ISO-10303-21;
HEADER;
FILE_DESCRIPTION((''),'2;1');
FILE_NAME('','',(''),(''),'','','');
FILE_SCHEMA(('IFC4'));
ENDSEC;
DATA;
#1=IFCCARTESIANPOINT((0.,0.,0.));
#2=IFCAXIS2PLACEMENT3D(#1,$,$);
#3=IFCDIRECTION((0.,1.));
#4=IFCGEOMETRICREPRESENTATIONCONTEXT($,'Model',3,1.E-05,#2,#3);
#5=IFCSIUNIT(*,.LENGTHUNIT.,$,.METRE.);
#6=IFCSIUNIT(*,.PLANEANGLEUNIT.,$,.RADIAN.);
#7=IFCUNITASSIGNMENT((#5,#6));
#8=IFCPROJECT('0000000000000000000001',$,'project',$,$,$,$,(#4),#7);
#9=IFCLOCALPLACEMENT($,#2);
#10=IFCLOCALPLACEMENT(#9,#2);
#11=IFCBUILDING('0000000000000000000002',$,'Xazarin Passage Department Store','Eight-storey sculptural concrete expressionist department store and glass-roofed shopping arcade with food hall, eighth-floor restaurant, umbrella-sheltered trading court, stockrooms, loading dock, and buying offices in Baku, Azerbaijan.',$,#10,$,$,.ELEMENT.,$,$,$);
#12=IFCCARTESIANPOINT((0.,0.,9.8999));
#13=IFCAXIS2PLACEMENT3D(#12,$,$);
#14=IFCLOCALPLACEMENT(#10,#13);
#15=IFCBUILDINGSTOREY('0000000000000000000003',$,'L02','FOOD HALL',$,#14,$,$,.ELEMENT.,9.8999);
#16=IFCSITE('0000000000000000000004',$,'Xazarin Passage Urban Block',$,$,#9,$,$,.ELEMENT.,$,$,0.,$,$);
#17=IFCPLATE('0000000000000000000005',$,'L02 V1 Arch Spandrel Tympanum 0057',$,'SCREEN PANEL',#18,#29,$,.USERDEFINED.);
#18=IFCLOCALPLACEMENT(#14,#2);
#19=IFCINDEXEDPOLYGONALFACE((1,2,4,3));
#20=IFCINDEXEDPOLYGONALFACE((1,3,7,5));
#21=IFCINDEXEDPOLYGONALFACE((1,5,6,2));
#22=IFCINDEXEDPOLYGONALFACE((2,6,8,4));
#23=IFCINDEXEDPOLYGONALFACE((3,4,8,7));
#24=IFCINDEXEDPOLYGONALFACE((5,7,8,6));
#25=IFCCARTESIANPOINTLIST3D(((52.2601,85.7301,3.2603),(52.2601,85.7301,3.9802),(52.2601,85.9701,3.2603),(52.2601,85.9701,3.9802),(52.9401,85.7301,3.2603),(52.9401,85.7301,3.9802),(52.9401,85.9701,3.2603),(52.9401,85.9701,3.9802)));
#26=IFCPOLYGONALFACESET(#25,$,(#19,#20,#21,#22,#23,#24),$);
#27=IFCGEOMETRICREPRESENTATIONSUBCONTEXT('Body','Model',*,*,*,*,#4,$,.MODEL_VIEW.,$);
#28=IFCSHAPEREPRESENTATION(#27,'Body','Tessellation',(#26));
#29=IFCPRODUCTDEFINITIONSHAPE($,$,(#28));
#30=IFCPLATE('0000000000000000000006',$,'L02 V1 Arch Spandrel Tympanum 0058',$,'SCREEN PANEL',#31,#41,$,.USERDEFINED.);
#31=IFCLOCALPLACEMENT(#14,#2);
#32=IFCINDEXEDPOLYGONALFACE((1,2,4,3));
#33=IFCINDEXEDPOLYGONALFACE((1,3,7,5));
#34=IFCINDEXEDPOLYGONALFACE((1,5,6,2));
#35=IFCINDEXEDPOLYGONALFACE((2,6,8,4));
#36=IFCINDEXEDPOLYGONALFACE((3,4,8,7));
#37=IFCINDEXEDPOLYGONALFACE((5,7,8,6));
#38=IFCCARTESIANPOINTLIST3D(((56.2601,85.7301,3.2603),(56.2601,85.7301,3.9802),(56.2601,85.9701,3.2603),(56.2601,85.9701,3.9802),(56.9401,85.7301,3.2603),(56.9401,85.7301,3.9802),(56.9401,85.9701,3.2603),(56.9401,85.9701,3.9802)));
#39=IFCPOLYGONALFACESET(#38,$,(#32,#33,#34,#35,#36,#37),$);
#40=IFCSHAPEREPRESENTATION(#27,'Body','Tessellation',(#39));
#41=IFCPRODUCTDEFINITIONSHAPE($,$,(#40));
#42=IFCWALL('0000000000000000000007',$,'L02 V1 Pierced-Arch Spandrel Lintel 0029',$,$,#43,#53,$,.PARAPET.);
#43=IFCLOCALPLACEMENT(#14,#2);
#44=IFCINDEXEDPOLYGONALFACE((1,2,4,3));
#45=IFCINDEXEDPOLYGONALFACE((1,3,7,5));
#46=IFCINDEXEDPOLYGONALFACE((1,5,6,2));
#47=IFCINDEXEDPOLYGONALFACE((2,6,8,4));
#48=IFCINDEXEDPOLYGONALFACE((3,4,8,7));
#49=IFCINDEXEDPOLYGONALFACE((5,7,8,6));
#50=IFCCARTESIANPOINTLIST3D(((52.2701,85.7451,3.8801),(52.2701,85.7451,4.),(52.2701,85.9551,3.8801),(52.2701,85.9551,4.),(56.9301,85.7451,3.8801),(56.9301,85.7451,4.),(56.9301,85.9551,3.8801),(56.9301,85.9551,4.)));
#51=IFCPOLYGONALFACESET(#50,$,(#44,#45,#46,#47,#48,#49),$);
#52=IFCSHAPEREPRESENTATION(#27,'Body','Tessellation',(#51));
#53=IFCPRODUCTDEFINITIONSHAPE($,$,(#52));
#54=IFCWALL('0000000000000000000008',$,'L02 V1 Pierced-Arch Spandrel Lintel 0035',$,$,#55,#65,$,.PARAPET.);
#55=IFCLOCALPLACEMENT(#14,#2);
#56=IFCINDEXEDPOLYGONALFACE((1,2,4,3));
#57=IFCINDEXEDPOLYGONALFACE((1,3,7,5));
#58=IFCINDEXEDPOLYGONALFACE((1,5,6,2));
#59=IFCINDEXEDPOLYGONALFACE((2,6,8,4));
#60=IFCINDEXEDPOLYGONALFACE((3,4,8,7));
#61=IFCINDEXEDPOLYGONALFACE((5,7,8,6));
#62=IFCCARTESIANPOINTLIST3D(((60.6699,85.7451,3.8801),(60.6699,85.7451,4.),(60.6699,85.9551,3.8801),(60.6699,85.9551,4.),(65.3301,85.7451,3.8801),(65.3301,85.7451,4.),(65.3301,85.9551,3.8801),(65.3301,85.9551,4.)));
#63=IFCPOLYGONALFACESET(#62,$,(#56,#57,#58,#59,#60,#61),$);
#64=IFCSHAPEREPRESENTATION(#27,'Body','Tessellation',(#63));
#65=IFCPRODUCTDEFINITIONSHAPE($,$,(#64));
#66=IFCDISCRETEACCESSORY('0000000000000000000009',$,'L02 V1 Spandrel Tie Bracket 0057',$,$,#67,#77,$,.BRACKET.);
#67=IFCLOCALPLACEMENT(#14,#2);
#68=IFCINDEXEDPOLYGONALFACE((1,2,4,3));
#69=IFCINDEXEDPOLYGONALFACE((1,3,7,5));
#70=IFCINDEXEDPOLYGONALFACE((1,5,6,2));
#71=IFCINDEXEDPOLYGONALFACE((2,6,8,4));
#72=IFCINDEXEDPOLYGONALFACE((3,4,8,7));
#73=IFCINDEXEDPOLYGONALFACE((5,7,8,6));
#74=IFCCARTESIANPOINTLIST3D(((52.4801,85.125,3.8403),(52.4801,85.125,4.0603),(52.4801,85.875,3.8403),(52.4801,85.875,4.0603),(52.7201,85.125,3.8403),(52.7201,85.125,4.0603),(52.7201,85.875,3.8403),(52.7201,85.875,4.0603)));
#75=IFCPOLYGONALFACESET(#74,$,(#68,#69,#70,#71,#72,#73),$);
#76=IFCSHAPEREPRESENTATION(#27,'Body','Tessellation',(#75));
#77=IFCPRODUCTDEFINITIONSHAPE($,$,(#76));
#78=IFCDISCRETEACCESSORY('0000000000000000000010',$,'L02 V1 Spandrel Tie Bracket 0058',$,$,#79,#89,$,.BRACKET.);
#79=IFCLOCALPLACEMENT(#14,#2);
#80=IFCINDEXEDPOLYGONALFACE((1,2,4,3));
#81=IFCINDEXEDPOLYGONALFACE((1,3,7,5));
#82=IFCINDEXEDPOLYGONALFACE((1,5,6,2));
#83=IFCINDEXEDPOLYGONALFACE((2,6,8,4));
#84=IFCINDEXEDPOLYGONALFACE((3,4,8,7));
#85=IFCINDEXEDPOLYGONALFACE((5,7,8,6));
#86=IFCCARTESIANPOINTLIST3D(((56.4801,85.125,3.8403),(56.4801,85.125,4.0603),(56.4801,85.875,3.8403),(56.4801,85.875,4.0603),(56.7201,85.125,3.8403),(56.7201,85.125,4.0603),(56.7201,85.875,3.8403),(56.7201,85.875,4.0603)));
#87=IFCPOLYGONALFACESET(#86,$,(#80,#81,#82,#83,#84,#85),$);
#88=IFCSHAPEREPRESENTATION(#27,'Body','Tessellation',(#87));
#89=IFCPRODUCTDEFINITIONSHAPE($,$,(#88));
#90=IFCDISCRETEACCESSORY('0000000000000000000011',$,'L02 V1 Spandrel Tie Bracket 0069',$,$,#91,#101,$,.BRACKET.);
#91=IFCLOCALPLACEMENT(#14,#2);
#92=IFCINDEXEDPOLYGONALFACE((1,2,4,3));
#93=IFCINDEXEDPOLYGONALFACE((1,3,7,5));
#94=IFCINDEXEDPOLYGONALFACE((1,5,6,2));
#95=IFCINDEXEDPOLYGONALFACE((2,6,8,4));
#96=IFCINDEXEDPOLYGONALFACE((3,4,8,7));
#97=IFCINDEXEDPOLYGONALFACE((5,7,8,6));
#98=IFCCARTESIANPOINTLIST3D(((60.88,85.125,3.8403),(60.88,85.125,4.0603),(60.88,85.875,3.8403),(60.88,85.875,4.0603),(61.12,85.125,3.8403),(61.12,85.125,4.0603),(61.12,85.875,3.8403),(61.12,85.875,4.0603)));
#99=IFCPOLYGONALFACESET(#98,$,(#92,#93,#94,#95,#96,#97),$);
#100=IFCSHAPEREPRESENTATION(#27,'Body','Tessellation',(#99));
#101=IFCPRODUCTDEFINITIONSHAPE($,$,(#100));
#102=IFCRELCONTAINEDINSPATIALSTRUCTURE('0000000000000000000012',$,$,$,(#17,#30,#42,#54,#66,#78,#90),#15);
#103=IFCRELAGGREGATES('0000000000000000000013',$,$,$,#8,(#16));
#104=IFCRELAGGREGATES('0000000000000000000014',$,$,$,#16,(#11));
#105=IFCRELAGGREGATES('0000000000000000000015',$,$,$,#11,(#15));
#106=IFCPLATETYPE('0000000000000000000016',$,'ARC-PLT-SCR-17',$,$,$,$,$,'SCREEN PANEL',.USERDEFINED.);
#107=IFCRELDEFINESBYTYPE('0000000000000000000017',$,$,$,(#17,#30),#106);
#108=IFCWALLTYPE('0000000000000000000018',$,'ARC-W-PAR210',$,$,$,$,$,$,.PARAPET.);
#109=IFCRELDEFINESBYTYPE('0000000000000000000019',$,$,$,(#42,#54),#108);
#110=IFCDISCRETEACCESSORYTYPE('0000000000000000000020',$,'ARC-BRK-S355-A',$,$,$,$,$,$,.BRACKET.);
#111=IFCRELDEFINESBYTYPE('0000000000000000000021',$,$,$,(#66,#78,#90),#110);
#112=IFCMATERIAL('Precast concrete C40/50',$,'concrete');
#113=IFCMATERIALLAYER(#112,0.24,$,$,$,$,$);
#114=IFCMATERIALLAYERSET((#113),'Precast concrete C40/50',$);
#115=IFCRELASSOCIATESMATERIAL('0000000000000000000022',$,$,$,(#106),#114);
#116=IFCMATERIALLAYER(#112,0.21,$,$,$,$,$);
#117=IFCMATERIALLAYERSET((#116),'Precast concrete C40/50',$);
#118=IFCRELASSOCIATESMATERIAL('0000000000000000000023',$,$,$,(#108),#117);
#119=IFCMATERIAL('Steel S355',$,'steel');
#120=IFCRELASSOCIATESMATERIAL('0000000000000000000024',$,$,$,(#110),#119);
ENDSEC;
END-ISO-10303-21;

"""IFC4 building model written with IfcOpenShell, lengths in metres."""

from ifc_helpers import new_model, si_unit, direction, frame, frame_2d, origin, origin_2d, place, context, subcontext, project, spatial, rectangle, extrude, material, layer, layer_set, type_object, element, save


model = new_model("IFC4")

# Units and contexts
model_context = context("Model", 3, precision=1e-05, world=origin(), true_north=direction((0.0, 1.0)))
body_context = subcontext(model_context, "Body", "Model", "MODEL_VIEW")
ifc_project = project(units=[si_unit("LENGTHUNIT", "METRE"), si_unit("PLANEANGLEUNIT", "RADIAN")], contexts=[model_context])

# Site, building, storey
site_placement = place(None, origin())
site = spatial("IfcSite", under=ifc_project, at=site_placement, Name="Xazarin Passage Urban Block", CompositionType="ELEMENT", RefElevation=0.0)
building_placement = place(site_placement, origin())
building = spatial("IfcBuilding", under=site, at=building_placement, Name="Xazarin Passage Department Store", Description="Eight-storey sculptural concrete expressionist department store and glass-roofed shopping arcade with food hall, eighth-floor restaurant, umbrella-sheltered trading court, stockrooms, loading dock, and buying offices in Baku, Azerbaijan.", CompositionType="ELEMENT")
storey_placement = place(building_placement, frame((0.0, 0.0, 9.8999)))
storey = spatial("IfcBuildingStorey", under=building, at=storey_placement, Name="L02", Description="FOOD HALL", CompositionType="ELEMENT", Elevation=9.8999)

# Plates
ifc_material_1 = material(Name="Precast concrete C40/50", Category="concrete")
ifc_layer_1 = layer(ifc_material_1, 0.24)
ifc_layer_set_1 = layer_set([ifc_layer_1], Name="Precast concrete C40/50")
plate_type = type_object("IfcPlateType", Name="ARC-PLT-SCR-17", ElementType="SCREEN PANEL", PredefinedType="USERDEFINED", material=ifc_layer_set_1)
for number, where, z_axis, x_axis, name in (
    (1, (52.6001, 85.8501, 3.2603), (0.0, 0.0, 1.0), (1.0, 0.0, 0.0), "L02 V1 Arch Spandrel Tympanum 0057"),
    (2, (56.6001, 85.8501, 3.2603), (0.0, 0.0, 1.0), (1.0, 0.0, 0.0), "L02 V1 Arch Spandrel Tympanum 0058"),
):
    element("IfcPlate", number, at=place(storey_placement, frame(where, z_axis=z_axis, x_axis=x_axis)), inside=storey, type_object=plate_type, Name=name, ObjectType="SCREEN PANEL", PredefinedType="USERDEFINED", context=body_context, shape_type="SweptSolid", body=[
        extrude(rectangle(XDim=0.6799, YDim=0.24, at=origin_2d()), origin(), (0.0, 0.0, 1.0), 0.72),
    ])

# Walls
ifc_layer_2 = layer(ifc_material_1, 0.21)
ifc_layer_set_2 = layer_set([ifc_layer_2], Name="Precast concrete C40/50")
wall_type = type_object("IfcWallType", Name="ARC-W-PAR210", PredefinedType="PARAPET", material=ifc_layer_set_2)
wall_1_placement = place(storey_placement, frame((52.27, 85.8501, 3.8801), z_axis=(0.0, 0.0, 1.0), x_axis=(1.0, 0.0, 0.0)))
element("IfcWall", 3, at=wall_1_placement, inside=storey, type_object=wall_type, Name="L02 V1 Pierced-Arch Spandrel Lintel 0029", PredefinedType="PARAPET", context=body_context, shape_type="SweptSolid", body=[
    extrude(rectangle(XDim=4.6599, YDim=0.21, at=frame_2d((2.3301, 0.0))), origin(), (0.0, 0.0, 1.0), 0.1199),
])
wall_2_placement = place(storey_placement, frame((60.6699, 85.8501, 3.8801), z_axis=(0.0, 0.0, 1.0), x_axis=(1.0, 0.0, 0.0)))
element("IfcWall", 4, at=wall_2_placement, inside=storey, type_object=wall_type, Name="L02 V1 Pierced-Arch Spandrel Lintel 0035", PredefinedType="PARAPET", context=body_context, shape_type="SweptSolid", body=[
    extrude(rectangle(XDim=4.6602, YDim=0.21, at=frame_2d((2.3301, 0.0))), origin(), (0.0, 0.0, 1.0), 0.1199),
])

# Discrete accessories
ifc_material_2 = material(Name="Steel S355", Category="steel")
discrete_accessory_type = type_object("IfcDiscreteAccessoryType", Name="ARC-BRK-S355-A", PredefinedType="BRACKET", material=ifc_material_2)
for number, where, z_axis, x_axis, name in (
    (5, (52.6001, 85.5, 3.8403), (0.0, 0.0, 1.0), (1.0, 0.0, 0.0), "L02 V1 Spandrel Tie Bracket 0057"),
    (6, (56.6001, 85.5, 3.8403), (0.0, 0.0, 1.0), (1.0, 0.0, 0.0), "L02 V1 Spandrel Tie Bracket 0058"),
    (7, (61.0, 85.5, 3.8403), (0.0, 0.0, 1.0), (1.0, 0.0, 0.0), "L02 V1 Spandrel Tie Bracket 0069"),
):
    element("IfcDiscreteAccessory", number, at=place(storey_placement, frame(where, z_axis=z_axis, x_axis=x_axis)), inside=storey, type_object=discrete_accessory_type, Name=name, PredefinedType="BRACKET", context=body_context, shape_type="SweptSolid", body=[
        extrude(rectangle(XDim=0.24, YDim=0.75, at=origin_2d()), origin(), (0.0, 0.0, 1.0), 0.22),
    ])

save(model, "model.ifc")
